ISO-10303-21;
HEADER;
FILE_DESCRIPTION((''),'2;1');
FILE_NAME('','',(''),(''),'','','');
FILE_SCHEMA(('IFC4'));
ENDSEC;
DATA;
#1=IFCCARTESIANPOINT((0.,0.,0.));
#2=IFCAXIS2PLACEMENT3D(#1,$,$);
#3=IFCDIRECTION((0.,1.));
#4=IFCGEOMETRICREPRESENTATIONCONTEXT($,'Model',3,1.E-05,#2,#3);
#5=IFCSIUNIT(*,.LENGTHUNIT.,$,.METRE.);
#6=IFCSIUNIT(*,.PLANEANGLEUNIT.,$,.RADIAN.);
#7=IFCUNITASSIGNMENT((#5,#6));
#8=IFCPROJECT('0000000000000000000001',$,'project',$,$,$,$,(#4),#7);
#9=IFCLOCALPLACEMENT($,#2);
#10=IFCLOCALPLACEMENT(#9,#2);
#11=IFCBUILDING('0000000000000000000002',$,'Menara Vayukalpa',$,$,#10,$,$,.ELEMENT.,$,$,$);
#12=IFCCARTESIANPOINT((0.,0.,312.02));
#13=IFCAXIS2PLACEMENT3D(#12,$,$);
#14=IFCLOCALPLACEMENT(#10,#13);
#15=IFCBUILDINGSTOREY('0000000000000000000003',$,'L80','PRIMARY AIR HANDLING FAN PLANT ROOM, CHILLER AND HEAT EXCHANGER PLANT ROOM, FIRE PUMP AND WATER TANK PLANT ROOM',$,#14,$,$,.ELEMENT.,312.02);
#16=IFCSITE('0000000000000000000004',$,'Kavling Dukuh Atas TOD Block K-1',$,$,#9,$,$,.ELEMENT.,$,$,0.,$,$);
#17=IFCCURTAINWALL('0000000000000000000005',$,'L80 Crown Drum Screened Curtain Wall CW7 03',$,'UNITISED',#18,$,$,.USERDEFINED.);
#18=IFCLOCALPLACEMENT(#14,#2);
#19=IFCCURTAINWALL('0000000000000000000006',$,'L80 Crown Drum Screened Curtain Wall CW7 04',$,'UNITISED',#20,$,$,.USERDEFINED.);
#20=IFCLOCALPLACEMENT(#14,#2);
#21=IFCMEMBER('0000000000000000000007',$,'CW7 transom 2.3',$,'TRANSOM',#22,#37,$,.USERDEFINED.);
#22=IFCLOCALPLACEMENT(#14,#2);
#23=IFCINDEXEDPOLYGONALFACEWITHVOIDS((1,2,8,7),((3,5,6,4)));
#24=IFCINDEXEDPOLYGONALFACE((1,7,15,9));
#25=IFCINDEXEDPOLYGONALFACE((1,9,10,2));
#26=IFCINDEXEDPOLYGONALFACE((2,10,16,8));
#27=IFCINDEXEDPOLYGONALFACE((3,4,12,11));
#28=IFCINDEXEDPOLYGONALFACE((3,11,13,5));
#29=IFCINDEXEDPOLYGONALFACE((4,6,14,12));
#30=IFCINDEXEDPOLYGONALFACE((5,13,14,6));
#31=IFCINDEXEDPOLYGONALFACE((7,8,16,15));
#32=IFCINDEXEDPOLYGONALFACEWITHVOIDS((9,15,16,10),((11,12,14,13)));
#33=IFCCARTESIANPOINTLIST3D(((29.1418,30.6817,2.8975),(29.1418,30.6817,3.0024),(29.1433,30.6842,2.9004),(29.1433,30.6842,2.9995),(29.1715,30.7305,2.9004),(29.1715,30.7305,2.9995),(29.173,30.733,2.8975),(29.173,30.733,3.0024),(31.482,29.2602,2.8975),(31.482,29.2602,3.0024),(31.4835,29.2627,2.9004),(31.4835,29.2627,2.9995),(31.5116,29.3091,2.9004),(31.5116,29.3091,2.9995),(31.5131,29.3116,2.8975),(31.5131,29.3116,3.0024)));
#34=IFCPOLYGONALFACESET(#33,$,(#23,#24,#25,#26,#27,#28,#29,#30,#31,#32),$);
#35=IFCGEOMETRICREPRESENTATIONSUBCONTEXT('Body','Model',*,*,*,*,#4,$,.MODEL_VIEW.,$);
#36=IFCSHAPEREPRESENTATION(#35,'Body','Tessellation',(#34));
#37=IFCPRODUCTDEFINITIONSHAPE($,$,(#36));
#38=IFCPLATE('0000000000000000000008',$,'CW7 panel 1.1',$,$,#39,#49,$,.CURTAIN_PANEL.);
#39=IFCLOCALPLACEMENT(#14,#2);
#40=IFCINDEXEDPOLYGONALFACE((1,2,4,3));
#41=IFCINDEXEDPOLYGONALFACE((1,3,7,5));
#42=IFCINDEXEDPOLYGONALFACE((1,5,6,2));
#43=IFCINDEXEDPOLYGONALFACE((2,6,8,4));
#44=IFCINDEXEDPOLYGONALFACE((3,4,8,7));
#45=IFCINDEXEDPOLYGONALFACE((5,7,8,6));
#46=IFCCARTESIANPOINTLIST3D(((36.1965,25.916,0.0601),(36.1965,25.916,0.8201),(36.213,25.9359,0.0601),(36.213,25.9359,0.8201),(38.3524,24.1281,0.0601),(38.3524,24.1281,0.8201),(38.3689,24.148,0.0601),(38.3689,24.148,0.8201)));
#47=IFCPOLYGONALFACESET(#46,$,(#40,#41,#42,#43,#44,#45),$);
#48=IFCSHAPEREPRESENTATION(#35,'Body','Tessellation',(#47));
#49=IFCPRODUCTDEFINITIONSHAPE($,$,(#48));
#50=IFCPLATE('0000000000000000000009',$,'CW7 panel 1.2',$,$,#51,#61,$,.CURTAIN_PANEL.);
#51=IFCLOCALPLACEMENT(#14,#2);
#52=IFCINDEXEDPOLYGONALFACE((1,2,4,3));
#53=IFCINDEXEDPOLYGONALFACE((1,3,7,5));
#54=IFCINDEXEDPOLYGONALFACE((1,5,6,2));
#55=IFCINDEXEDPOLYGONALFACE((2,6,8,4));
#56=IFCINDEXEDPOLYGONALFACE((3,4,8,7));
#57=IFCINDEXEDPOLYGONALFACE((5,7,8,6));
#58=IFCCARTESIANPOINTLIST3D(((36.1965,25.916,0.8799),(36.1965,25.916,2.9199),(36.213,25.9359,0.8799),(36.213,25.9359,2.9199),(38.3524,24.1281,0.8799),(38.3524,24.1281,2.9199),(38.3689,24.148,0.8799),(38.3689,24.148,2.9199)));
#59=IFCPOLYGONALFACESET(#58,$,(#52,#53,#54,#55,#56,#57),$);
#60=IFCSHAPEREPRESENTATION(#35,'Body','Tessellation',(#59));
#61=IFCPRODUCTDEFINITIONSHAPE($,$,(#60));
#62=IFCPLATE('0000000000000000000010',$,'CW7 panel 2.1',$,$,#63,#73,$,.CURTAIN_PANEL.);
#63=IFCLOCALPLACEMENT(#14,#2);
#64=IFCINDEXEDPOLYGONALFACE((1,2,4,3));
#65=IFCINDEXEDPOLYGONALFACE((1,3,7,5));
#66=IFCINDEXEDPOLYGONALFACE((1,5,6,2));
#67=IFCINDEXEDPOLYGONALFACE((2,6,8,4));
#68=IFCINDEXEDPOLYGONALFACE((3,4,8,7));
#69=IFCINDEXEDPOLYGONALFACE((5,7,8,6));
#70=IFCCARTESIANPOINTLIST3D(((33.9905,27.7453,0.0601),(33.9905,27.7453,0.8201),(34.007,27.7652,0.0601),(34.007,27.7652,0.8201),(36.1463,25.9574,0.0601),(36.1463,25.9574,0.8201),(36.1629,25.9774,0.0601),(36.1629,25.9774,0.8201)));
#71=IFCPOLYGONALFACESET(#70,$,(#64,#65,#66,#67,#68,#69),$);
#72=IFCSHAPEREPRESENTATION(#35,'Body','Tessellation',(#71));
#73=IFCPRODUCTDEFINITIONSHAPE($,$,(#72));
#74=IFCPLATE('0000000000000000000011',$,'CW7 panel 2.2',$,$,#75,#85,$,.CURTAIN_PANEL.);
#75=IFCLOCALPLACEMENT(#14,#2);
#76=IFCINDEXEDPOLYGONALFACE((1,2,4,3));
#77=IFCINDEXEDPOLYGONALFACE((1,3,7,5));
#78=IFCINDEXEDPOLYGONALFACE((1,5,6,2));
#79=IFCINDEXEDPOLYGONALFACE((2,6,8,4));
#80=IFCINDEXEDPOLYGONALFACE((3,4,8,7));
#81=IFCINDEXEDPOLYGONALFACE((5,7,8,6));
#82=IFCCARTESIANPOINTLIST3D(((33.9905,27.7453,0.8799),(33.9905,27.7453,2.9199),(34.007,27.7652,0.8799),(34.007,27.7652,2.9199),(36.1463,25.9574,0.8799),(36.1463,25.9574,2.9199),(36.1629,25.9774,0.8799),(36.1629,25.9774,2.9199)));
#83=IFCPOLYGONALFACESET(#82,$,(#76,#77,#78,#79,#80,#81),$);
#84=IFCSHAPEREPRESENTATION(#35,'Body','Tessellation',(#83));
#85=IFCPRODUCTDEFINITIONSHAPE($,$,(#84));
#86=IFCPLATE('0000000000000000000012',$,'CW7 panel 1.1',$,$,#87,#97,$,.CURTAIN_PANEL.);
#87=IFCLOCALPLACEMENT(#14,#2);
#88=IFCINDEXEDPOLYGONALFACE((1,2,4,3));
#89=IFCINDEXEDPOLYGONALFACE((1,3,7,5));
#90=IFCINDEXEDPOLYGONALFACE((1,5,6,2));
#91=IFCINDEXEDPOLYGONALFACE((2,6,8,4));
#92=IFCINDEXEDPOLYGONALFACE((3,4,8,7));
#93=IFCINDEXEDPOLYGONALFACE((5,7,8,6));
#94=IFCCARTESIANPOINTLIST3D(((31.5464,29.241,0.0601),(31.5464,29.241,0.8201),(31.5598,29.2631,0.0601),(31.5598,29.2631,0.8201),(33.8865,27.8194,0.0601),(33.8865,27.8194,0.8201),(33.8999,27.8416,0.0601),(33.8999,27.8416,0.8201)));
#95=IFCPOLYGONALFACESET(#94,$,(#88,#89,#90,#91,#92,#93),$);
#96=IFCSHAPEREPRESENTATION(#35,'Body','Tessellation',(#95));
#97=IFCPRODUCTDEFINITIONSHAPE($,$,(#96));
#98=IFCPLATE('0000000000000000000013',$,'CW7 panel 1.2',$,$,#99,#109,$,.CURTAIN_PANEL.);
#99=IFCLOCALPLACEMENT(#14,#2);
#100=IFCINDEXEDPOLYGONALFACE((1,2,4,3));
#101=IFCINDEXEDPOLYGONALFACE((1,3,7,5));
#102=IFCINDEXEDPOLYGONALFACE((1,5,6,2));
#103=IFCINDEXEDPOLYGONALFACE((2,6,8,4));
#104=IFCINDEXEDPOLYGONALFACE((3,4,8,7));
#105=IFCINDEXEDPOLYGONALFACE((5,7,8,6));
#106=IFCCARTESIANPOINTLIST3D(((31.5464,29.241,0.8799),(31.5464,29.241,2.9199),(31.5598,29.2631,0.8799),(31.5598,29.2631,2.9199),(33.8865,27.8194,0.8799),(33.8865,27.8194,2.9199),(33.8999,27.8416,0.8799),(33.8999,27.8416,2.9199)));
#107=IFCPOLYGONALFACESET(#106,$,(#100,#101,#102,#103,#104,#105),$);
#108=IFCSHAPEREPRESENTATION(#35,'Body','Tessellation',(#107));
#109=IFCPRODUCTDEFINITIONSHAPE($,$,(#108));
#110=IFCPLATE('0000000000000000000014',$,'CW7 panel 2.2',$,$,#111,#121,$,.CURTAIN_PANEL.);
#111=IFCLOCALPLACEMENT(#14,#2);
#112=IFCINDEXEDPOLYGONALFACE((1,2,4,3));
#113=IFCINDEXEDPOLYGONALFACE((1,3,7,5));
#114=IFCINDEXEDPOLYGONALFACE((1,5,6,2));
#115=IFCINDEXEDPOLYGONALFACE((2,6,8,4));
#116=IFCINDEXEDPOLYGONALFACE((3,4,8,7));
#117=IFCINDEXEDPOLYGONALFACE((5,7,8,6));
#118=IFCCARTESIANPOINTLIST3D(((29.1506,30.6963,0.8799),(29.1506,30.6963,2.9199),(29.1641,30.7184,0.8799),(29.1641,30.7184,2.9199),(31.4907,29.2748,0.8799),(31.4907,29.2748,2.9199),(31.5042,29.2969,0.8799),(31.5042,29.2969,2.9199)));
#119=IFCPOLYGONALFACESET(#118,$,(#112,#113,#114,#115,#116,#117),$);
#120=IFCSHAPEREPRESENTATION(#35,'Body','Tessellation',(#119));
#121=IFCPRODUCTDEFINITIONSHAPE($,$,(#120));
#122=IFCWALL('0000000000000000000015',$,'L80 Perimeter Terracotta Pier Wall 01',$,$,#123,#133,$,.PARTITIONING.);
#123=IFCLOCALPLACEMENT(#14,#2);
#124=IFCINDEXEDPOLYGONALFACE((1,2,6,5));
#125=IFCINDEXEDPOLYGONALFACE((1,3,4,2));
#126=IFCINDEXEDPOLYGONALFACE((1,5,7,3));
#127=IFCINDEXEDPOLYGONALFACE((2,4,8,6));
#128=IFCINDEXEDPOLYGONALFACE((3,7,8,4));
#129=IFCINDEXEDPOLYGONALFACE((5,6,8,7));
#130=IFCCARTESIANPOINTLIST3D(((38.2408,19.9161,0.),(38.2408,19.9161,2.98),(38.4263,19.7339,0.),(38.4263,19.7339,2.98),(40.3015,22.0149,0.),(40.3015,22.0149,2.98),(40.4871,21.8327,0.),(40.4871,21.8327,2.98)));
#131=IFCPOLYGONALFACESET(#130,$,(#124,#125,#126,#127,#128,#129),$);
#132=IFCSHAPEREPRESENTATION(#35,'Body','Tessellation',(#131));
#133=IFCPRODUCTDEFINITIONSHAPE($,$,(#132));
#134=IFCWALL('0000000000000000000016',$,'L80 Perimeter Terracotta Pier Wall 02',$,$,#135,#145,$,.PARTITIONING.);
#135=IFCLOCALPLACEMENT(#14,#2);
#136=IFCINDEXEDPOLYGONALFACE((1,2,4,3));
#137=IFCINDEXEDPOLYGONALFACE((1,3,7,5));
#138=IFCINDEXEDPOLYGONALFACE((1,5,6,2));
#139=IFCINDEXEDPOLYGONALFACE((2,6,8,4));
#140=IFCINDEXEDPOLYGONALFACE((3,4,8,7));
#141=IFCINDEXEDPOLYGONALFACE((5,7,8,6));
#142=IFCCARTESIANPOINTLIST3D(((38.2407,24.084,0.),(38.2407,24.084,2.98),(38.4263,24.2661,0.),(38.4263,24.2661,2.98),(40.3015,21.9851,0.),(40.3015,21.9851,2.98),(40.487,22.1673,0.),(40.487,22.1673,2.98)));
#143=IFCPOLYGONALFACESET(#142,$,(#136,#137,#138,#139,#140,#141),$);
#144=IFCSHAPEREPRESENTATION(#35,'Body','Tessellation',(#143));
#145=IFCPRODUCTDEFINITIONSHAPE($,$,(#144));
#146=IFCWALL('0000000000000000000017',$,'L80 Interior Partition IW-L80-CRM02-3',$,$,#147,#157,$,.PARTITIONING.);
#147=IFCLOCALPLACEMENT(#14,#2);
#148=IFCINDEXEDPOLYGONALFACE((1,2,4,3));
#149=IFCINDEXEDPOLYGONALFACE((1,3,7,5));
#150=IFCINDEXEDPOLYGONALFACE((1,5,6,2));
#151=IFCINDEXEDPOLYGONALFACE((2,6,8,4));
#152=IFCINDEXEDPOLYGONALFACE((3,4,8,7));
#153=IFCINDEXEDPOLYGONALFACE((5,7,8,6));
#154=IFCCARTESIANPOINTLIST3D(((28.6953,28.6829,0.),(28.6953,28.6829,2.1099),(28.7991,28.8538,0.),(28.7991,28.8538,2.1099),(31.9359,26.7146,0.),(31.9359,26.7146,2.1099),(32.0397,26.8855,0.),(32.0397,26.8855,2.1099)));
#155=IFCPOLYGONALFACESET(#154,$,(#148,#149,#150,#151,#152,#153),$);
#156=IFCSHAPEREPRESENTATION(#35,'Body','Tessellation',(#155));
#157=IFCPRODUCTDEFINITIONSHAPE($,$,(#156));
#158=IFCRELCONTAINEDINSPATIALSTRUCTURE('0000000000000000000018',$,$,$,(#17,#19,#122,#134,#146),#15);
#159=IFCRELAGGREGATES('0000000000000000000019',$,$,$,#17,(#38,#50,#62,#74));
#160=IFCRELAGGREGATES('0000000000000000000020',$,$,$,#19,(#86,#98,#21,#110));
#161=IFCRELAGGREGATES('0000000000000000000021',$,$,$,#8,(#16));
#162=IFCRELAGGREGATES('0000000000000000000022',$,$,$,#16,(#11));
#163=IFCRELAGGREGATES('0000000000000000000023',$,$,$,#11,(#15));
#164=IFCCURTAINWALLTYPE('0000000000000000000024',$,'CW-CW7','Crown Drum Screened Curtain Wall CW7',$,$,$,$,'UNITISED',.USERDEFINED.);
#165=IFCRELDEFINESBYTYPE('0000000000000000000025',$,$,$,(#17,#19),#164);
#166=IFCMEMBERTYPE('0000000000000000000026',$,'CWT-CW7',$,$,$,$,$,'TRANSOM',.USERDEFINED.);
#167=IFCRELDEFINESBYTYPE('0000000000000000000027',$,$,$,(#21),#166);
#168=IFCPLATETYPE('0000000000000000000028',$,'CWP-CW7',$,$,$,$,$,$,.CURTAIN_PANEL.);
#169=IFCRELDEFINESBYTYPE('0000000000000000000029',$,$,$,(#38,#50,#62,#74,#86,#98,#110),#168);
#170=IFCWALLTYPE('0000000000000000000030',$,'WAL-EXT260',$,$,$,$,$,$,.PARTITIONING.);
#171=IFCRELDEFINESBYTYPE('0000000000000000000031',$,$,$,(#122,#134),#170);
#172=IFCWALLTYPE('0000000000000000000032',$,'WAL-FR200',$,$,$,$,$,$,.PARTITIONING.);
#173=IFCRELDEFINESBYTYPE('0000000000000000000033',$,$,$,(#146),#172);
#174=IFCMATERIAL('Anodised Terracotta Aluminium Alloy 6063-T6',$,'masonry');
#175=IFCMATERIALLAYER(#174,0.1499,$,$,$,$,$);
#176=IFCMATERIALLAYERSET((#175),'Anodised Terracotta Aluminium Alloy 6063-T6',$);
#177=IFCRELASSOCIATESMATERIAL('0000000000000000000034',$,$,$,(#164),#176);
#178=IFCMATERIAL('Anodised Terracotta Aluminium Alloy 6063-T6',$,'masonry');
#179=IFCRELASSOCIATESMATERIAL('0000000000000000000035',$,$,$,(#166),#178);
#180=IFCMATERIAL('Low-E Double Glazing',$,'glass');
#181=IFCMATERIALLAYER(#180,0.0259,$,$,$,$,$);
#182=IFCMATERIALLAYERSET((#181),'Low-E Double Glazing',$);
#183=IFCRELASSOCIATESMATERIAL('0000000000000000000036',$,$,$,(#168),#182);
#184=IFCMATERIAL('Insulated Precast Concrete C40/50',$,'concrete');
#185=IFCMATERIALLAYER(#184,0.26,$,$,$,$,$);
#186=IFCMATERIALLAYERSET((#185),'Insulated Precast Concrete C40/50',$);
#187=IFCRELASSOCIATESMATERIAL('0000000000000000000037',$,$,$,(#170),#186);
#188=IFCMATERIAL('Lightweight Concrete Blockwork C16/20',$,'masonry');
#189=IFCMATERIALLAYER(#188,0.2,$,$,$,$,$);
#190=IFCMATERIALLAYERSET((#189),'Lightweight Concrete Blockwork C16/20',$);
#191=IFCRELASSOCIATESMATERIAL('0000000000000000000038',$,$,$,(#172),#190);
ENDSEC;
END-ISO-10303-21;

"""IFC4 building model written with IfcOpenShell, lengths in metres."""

from ifc_helpers import new_model, si_unit, direction, frame, frame_2d, origin, origin_2d, place, context, subcontext, project, spatial, rectangle, hollow_rectangle, extrude, material, layer, layer_set, material_profile, profile_set, type_object, element, aggregate, save


model = new_model("IFC4")

# Units and contexts
model_context = context("Model", 3, precision=1e-05, world=origin(), true_north=direction((0.0, 1.0)))
body_context = subcontext(model_context, "Body", "Model", "MODEL_VIEW")
ifc_project = project(units=[si_unit("LENGTHUNIT", "METRE"), si_unit("PLANEANGLEUNIT", "RADIAN")], contexts=[model_context])

# Site, building, storey
site_placement = place(None, origin())
site = spatial("IfcSite", under=ifc_project, at=site_placement, Name="Kavling Dukuh Atas TOD Block K-1", CompositionType="ELEMENT", RefElevation=0.0)
building_placement = place(site_placement, origin())
building = spatial("IfcBuilding", under=site, at=building_placement, Name="Menara Vayukalpa", CompositionType="ELEMENT")
storey_placement = place(building_placement, frame((0.0, 0.0, 312.02)))
storey = spatial("IfcBuildingStorey", under=building, at=storey_placement, Name="L80", Description="PRIMARY AIR HANDLING FAN PLANT ROOM, CHILLER AND HEAT EXCHANGER PLANT ROOM, FIRE PUMP AND WATER TANK PLANT ROOM", CompositionType="ELEMENT", Elevation=312.02)

# Curtain walls
ifc_material_1 = material(Name="Anodised Terracotta Aluminium Alloy 6063-T6", Category="masonry")
ifc_layer_1 = layer(ifc_material_1, 0.1499)
ifc_layer_set_1 = layer_set([ifc_layer_1], Name="Anodised Terracotta Aluminium Alloy 6063-T6")
curtain_wall_type = type_object("IfcCurtainWallType", Name="CW-CW7", Description="Crown Drum Screened Curtain Wall CW7", ElementType="UNITISED", PredefinedType="USERDEFINED", material=ifc_layer_set_1)
curtain_wall_1_placement = place(storey_placement, origin())
curtain_wall_1 = element("IfcCurtainWall", 1, at=curtain_wall_1_placement, inside=storey, type_object=curtain_wall_type, Name="L80 Crown Drum Screened Curtain Wall CW7 03", ObjectType="UNITISED", PredefinedType="USERDEFINED")
curtain_wall_2_placement = place(storey_placement, origin())
curtain_wall_2 = element("IfcCurtainWall", 2, at=curtain_wall_2_placement, inside=storey, type_object=curtain_wall_type, Name="L80 Crown Drum Screened Curtain Wall CW7 04", ObjectType="UNITISED", PredefinedType="USERDEFINED")

# Member
ifc_material_2 = material(Name="Anodised Terracotta Aluminium Alloy 6063-T6", Category="masonry")
ifc_material_profile_1 = material_profile(ifc_material_2, hollow_rectangle(XDim=0.0601, YDim=0.105, WallThickness=0.0029, at=origin_2d()), Name="ALU 60x105x3")
ifc_profile_set_1 = profile_set([ifc_material_profile_1], Name="Anodised Terracotta Aluminium Alloy 6063-T6")
member_type_1 = type_object("IfcMemberType", Name="CWT-CW7", ElementType="TRANSOM", PredefinedType="USERDEFINED", material=ifc_profile_set_1)
member_1_placement = place(storey_placement, frame((31.4976, 29.2859, 2.95), z_axis=(-0.854687, 0.519143, 0.0), x_axis=(-0.519143, -0.854687, 0.0)))
member_1 = element("IfcMember", 3, at=member_1_placement, type_object=member_type_1, Name="CW7 transom 2.3", ObjectType="TRANSOM", PredefinedType="USERDEFINED", context=body_context, shape_type="SweptSolid", body=[
    extrude(hollow_rectangle(XDim=0.0601, YDim=0.105, WallThickness=0.0029, at=origin_2d()), origin(), (0.0, 0.0, 1.0), 2.738),
])

# Plates
ifc_material_3 = material(Name="Low-E Double Glazing", Category="glass")
ifc_layer_2 = layer(ifc_material_3, 0.0259)
ifc_layer_set_2 = layer_set([ifc_layer_2], Name="Low-E Double Glazing")
plate_type = type_object("IfcPlateType", Name="CWP-CW7", PredefinedType="CURTAIN_PANEL", material=ifc_layer_set_2)
plate_1_placement = place(storey_placement, frame((37.2827, 25.032, 0.0601), z_axis=(0.0, 0.0, 1.0), x_axis=(-0.769749, 0.638347, 0.0)))
plate_1 = element("IfcPlate", 4, at=plate_1_placement, type_object=plate_type, Name="CW7 panel 1.1", PredefinedType="CURTAIN_PANEL", context=body_context, shape_type="SweptSolid", body=[
    extrude(rectangle(XDim=2.8008, YDim=0.0259, at=origin_2d()), origin(), (0.0, 0.0, 1.0), 0.76),
])
plate_2_placement = place(storey_placement, frame((37.2827, 25.032, 0.8799), z_axis=(0.0, 0.0, 1.0), x_axis=(-0.769749, 0.638347, 0.0)))
plate_2 = element("IfcPlate", 5, at=plate_2_placement, type_object=plate_type, Name="CW7 panel 1.2", PredefinedType="CURTAIN_PANEL", context=body_context, shape_type="SweptSolid", body=[
    extrude(rectangle(XDim=2.8008, YDim=0.0259, at=origin_2d()), origin(), (0.0, 0.0, 1.0), 2.04),
])
plate_3_placement = place(storey_placement, frame((35.0767, 26.8613, 0.0601), z_axis=(0.0, 0.0, 1.0), x_axis=(-0.769749, 0.638347, 0.0)))
plate_3 = element("IfcPlate", 6, at=plate_3_placement, type_object=plate_type, Name="CW7 panel 2.1", PredefinedType="CURTAIN_PANEL", context=body_context, shape_type="SweptSolid", body=[
    extrude(rectangle(XDim=2.8008, YDim=0.0259, at=origin_2d()), origin(), (0.0, 0.0, 1.0), 0.76),
])
plate_4_placement = place(storey_placement, frame((35.0767, 26.8613, 0.8799), z_axis=(0.0, 0.0, 1.0), x_axis=(-0.769749, 0.638347, 0.0)))
plate_4 = element("IfcPlate", 7, at=plate_4_placement, type_object=plate_type, Name="CW7 panel 2.2", PredefinedType="CURTAIN_PANEL", context=body_context, shape_type="SweptSolid", body=[
    extrude(rectangle(XDim=2.8008, YDim=0.0259, at=origin_2d()), origin(), (0.0, 0.0, 1.0), 2.04),
])
aggregate(curtain_wall_1, [plate_1, plate_2, plate_3, plate_4])
plate_5_placement = place(storey_placement, frame((32.7231, 28.5413, 0.0601), z_axis=(0.0, 0.0, 1.0), x_axis=(-0.854667, 0.519176, 0.0)))
plate_5 = element("IfcPlate", 8, at=plate_5_placement, type_object=plate_type, Name="CW7 panel 1.1", PredefinedType="CURTAIN_PANEL", context=body_context, shape_type="SweptSolid", body=[
    extrude(rectangle(XDim=2.738, YDim=0.0259, at=origin_2d()), origin(), (0.0, 0.0, 1.0), 0.76),
])
plate_6_placement = place(storey_placement, frame((32.7231, 28.5413, 0.8799), z_axis=(0.0, 0.0, 1.0), x_axis=(-0.854667, 0.519176, 0.0)))
plate_6 = element("IfcPlate", 9, at=plate_6_placement, type_object=plate_type, Name="CW7 panel 1.2", PredefinedType="CURTAIN_PANEL", context=body_context, shape_type="SweptSolid", body=[
    extrude(rectangle(XDim=2.738, YDim=0.0259, at=origin_2d()), origin(), (0.0, 0.0, 1.0), 2.04),
])
plate_7_placement = place(storey_placement, frame((30.3274, 29.9966, 0.8799), z_axis=(0.0, 0.0, 1.0), x_axis=(-0.854667, 0.519176, 0.0)))
plate_7 = element("IfcPlate", 10, at=plate_7_placement, type_object=plate_type, Name="CW7 panel 2.2", PredefinedType="CURTAIN_PANEL", context=body_context, shape_type="SweptSolid", body=[
    extrude(rectangle(XDim=2.738, YDim=0.0259, at=origin_2d()), origin(), (0.0, 0.0, 1.0), 2.04),
])
aggregate(curtain_wall_2, [plate_5, plate_6, member_1, plate_7])

# Walls
ifc_material_4 = material(Name="Insulated Precast Concrete C40/50", Category="concrete")
ifc_layer_3 = layer(ifc_material_4, 0.26)
ifc_layer_set_3 = layer_set([ifc_layer_3], Name="Insulated Precast Concrete C40/50")
wall_type_1 = type_object("IfcWallType", Name="WAL-EXT260", PredefinedType="PARTITIONING", material=ifc_layer_set_3)
for number, where, z_axis, x_axis, name in (
    (11, (40.3943, 21.9238, 0.0), (0.0, 0.0, 1.0), (-0.700603, -0.713551, 0.0), "L80 Perimeter Terracotta Pier Wall 01"),
    (12, (38.3335, 24.175, 0.0), (0.0, 0.0, 1.0), (0.700603, -0.713551, 0.0), "L80 Perimeter Terracotta Pier Wall 02"),
):
    element("IfcWall", number, at=place(storey_placement, frame(where, z_axis=z_axis, x_axis=x_axis)), inside=storey, type_object=wall_type_1, Name=name, PredefinedType="PARTITIONING", context=body_context, shape_type="SweptSolid", body=[
        extrude(rectangle(XDim=2.9414, YDim=0.26, at=frame_2d((1.4707, 0.0))), origin(), (0.0, 0.0, 1.0), 2.98),
    ])
ifc_material_5 = material(Name="Lightweight Concrete Blockwork C16/20", Category="masonry")
ifc_layer_4 = layer(ifc_material_5, 0.2)
ifc_layer_set_4 = layer_set([ifc_layer_4], Name="Lightweight Concrete Blockwork C16/20")
wall_type_2 = type_object("IfcWallType", Name="WAL-FR200", PredefinedType="PARTITIONING", material=ifc_layer_set_4)
wall_placement = place(storey_placement, frame((31.9878, 26.8, 0.0), z_axis=(0.0, 0.0, 1.0), x_axis=(-0.854691, 0.519138, 0.0)))
element("IfcWall", 13, at=wall_placement, inside=storey, type_object=wall_type_2, Name="L80 Interior Partition IW-L80-CRM02-3", PredefinedType="PARTITIONING", context=body_context, shape_type="SweptSolid", body=[
    extrude(rectangle(XDim=3.7915, YDim=0.2, at=frame_2d((1.8958, 0.0))), origin(), (0.0, 0.0, 1.0), 2.1099),
])

save(model, "model.ifc")
